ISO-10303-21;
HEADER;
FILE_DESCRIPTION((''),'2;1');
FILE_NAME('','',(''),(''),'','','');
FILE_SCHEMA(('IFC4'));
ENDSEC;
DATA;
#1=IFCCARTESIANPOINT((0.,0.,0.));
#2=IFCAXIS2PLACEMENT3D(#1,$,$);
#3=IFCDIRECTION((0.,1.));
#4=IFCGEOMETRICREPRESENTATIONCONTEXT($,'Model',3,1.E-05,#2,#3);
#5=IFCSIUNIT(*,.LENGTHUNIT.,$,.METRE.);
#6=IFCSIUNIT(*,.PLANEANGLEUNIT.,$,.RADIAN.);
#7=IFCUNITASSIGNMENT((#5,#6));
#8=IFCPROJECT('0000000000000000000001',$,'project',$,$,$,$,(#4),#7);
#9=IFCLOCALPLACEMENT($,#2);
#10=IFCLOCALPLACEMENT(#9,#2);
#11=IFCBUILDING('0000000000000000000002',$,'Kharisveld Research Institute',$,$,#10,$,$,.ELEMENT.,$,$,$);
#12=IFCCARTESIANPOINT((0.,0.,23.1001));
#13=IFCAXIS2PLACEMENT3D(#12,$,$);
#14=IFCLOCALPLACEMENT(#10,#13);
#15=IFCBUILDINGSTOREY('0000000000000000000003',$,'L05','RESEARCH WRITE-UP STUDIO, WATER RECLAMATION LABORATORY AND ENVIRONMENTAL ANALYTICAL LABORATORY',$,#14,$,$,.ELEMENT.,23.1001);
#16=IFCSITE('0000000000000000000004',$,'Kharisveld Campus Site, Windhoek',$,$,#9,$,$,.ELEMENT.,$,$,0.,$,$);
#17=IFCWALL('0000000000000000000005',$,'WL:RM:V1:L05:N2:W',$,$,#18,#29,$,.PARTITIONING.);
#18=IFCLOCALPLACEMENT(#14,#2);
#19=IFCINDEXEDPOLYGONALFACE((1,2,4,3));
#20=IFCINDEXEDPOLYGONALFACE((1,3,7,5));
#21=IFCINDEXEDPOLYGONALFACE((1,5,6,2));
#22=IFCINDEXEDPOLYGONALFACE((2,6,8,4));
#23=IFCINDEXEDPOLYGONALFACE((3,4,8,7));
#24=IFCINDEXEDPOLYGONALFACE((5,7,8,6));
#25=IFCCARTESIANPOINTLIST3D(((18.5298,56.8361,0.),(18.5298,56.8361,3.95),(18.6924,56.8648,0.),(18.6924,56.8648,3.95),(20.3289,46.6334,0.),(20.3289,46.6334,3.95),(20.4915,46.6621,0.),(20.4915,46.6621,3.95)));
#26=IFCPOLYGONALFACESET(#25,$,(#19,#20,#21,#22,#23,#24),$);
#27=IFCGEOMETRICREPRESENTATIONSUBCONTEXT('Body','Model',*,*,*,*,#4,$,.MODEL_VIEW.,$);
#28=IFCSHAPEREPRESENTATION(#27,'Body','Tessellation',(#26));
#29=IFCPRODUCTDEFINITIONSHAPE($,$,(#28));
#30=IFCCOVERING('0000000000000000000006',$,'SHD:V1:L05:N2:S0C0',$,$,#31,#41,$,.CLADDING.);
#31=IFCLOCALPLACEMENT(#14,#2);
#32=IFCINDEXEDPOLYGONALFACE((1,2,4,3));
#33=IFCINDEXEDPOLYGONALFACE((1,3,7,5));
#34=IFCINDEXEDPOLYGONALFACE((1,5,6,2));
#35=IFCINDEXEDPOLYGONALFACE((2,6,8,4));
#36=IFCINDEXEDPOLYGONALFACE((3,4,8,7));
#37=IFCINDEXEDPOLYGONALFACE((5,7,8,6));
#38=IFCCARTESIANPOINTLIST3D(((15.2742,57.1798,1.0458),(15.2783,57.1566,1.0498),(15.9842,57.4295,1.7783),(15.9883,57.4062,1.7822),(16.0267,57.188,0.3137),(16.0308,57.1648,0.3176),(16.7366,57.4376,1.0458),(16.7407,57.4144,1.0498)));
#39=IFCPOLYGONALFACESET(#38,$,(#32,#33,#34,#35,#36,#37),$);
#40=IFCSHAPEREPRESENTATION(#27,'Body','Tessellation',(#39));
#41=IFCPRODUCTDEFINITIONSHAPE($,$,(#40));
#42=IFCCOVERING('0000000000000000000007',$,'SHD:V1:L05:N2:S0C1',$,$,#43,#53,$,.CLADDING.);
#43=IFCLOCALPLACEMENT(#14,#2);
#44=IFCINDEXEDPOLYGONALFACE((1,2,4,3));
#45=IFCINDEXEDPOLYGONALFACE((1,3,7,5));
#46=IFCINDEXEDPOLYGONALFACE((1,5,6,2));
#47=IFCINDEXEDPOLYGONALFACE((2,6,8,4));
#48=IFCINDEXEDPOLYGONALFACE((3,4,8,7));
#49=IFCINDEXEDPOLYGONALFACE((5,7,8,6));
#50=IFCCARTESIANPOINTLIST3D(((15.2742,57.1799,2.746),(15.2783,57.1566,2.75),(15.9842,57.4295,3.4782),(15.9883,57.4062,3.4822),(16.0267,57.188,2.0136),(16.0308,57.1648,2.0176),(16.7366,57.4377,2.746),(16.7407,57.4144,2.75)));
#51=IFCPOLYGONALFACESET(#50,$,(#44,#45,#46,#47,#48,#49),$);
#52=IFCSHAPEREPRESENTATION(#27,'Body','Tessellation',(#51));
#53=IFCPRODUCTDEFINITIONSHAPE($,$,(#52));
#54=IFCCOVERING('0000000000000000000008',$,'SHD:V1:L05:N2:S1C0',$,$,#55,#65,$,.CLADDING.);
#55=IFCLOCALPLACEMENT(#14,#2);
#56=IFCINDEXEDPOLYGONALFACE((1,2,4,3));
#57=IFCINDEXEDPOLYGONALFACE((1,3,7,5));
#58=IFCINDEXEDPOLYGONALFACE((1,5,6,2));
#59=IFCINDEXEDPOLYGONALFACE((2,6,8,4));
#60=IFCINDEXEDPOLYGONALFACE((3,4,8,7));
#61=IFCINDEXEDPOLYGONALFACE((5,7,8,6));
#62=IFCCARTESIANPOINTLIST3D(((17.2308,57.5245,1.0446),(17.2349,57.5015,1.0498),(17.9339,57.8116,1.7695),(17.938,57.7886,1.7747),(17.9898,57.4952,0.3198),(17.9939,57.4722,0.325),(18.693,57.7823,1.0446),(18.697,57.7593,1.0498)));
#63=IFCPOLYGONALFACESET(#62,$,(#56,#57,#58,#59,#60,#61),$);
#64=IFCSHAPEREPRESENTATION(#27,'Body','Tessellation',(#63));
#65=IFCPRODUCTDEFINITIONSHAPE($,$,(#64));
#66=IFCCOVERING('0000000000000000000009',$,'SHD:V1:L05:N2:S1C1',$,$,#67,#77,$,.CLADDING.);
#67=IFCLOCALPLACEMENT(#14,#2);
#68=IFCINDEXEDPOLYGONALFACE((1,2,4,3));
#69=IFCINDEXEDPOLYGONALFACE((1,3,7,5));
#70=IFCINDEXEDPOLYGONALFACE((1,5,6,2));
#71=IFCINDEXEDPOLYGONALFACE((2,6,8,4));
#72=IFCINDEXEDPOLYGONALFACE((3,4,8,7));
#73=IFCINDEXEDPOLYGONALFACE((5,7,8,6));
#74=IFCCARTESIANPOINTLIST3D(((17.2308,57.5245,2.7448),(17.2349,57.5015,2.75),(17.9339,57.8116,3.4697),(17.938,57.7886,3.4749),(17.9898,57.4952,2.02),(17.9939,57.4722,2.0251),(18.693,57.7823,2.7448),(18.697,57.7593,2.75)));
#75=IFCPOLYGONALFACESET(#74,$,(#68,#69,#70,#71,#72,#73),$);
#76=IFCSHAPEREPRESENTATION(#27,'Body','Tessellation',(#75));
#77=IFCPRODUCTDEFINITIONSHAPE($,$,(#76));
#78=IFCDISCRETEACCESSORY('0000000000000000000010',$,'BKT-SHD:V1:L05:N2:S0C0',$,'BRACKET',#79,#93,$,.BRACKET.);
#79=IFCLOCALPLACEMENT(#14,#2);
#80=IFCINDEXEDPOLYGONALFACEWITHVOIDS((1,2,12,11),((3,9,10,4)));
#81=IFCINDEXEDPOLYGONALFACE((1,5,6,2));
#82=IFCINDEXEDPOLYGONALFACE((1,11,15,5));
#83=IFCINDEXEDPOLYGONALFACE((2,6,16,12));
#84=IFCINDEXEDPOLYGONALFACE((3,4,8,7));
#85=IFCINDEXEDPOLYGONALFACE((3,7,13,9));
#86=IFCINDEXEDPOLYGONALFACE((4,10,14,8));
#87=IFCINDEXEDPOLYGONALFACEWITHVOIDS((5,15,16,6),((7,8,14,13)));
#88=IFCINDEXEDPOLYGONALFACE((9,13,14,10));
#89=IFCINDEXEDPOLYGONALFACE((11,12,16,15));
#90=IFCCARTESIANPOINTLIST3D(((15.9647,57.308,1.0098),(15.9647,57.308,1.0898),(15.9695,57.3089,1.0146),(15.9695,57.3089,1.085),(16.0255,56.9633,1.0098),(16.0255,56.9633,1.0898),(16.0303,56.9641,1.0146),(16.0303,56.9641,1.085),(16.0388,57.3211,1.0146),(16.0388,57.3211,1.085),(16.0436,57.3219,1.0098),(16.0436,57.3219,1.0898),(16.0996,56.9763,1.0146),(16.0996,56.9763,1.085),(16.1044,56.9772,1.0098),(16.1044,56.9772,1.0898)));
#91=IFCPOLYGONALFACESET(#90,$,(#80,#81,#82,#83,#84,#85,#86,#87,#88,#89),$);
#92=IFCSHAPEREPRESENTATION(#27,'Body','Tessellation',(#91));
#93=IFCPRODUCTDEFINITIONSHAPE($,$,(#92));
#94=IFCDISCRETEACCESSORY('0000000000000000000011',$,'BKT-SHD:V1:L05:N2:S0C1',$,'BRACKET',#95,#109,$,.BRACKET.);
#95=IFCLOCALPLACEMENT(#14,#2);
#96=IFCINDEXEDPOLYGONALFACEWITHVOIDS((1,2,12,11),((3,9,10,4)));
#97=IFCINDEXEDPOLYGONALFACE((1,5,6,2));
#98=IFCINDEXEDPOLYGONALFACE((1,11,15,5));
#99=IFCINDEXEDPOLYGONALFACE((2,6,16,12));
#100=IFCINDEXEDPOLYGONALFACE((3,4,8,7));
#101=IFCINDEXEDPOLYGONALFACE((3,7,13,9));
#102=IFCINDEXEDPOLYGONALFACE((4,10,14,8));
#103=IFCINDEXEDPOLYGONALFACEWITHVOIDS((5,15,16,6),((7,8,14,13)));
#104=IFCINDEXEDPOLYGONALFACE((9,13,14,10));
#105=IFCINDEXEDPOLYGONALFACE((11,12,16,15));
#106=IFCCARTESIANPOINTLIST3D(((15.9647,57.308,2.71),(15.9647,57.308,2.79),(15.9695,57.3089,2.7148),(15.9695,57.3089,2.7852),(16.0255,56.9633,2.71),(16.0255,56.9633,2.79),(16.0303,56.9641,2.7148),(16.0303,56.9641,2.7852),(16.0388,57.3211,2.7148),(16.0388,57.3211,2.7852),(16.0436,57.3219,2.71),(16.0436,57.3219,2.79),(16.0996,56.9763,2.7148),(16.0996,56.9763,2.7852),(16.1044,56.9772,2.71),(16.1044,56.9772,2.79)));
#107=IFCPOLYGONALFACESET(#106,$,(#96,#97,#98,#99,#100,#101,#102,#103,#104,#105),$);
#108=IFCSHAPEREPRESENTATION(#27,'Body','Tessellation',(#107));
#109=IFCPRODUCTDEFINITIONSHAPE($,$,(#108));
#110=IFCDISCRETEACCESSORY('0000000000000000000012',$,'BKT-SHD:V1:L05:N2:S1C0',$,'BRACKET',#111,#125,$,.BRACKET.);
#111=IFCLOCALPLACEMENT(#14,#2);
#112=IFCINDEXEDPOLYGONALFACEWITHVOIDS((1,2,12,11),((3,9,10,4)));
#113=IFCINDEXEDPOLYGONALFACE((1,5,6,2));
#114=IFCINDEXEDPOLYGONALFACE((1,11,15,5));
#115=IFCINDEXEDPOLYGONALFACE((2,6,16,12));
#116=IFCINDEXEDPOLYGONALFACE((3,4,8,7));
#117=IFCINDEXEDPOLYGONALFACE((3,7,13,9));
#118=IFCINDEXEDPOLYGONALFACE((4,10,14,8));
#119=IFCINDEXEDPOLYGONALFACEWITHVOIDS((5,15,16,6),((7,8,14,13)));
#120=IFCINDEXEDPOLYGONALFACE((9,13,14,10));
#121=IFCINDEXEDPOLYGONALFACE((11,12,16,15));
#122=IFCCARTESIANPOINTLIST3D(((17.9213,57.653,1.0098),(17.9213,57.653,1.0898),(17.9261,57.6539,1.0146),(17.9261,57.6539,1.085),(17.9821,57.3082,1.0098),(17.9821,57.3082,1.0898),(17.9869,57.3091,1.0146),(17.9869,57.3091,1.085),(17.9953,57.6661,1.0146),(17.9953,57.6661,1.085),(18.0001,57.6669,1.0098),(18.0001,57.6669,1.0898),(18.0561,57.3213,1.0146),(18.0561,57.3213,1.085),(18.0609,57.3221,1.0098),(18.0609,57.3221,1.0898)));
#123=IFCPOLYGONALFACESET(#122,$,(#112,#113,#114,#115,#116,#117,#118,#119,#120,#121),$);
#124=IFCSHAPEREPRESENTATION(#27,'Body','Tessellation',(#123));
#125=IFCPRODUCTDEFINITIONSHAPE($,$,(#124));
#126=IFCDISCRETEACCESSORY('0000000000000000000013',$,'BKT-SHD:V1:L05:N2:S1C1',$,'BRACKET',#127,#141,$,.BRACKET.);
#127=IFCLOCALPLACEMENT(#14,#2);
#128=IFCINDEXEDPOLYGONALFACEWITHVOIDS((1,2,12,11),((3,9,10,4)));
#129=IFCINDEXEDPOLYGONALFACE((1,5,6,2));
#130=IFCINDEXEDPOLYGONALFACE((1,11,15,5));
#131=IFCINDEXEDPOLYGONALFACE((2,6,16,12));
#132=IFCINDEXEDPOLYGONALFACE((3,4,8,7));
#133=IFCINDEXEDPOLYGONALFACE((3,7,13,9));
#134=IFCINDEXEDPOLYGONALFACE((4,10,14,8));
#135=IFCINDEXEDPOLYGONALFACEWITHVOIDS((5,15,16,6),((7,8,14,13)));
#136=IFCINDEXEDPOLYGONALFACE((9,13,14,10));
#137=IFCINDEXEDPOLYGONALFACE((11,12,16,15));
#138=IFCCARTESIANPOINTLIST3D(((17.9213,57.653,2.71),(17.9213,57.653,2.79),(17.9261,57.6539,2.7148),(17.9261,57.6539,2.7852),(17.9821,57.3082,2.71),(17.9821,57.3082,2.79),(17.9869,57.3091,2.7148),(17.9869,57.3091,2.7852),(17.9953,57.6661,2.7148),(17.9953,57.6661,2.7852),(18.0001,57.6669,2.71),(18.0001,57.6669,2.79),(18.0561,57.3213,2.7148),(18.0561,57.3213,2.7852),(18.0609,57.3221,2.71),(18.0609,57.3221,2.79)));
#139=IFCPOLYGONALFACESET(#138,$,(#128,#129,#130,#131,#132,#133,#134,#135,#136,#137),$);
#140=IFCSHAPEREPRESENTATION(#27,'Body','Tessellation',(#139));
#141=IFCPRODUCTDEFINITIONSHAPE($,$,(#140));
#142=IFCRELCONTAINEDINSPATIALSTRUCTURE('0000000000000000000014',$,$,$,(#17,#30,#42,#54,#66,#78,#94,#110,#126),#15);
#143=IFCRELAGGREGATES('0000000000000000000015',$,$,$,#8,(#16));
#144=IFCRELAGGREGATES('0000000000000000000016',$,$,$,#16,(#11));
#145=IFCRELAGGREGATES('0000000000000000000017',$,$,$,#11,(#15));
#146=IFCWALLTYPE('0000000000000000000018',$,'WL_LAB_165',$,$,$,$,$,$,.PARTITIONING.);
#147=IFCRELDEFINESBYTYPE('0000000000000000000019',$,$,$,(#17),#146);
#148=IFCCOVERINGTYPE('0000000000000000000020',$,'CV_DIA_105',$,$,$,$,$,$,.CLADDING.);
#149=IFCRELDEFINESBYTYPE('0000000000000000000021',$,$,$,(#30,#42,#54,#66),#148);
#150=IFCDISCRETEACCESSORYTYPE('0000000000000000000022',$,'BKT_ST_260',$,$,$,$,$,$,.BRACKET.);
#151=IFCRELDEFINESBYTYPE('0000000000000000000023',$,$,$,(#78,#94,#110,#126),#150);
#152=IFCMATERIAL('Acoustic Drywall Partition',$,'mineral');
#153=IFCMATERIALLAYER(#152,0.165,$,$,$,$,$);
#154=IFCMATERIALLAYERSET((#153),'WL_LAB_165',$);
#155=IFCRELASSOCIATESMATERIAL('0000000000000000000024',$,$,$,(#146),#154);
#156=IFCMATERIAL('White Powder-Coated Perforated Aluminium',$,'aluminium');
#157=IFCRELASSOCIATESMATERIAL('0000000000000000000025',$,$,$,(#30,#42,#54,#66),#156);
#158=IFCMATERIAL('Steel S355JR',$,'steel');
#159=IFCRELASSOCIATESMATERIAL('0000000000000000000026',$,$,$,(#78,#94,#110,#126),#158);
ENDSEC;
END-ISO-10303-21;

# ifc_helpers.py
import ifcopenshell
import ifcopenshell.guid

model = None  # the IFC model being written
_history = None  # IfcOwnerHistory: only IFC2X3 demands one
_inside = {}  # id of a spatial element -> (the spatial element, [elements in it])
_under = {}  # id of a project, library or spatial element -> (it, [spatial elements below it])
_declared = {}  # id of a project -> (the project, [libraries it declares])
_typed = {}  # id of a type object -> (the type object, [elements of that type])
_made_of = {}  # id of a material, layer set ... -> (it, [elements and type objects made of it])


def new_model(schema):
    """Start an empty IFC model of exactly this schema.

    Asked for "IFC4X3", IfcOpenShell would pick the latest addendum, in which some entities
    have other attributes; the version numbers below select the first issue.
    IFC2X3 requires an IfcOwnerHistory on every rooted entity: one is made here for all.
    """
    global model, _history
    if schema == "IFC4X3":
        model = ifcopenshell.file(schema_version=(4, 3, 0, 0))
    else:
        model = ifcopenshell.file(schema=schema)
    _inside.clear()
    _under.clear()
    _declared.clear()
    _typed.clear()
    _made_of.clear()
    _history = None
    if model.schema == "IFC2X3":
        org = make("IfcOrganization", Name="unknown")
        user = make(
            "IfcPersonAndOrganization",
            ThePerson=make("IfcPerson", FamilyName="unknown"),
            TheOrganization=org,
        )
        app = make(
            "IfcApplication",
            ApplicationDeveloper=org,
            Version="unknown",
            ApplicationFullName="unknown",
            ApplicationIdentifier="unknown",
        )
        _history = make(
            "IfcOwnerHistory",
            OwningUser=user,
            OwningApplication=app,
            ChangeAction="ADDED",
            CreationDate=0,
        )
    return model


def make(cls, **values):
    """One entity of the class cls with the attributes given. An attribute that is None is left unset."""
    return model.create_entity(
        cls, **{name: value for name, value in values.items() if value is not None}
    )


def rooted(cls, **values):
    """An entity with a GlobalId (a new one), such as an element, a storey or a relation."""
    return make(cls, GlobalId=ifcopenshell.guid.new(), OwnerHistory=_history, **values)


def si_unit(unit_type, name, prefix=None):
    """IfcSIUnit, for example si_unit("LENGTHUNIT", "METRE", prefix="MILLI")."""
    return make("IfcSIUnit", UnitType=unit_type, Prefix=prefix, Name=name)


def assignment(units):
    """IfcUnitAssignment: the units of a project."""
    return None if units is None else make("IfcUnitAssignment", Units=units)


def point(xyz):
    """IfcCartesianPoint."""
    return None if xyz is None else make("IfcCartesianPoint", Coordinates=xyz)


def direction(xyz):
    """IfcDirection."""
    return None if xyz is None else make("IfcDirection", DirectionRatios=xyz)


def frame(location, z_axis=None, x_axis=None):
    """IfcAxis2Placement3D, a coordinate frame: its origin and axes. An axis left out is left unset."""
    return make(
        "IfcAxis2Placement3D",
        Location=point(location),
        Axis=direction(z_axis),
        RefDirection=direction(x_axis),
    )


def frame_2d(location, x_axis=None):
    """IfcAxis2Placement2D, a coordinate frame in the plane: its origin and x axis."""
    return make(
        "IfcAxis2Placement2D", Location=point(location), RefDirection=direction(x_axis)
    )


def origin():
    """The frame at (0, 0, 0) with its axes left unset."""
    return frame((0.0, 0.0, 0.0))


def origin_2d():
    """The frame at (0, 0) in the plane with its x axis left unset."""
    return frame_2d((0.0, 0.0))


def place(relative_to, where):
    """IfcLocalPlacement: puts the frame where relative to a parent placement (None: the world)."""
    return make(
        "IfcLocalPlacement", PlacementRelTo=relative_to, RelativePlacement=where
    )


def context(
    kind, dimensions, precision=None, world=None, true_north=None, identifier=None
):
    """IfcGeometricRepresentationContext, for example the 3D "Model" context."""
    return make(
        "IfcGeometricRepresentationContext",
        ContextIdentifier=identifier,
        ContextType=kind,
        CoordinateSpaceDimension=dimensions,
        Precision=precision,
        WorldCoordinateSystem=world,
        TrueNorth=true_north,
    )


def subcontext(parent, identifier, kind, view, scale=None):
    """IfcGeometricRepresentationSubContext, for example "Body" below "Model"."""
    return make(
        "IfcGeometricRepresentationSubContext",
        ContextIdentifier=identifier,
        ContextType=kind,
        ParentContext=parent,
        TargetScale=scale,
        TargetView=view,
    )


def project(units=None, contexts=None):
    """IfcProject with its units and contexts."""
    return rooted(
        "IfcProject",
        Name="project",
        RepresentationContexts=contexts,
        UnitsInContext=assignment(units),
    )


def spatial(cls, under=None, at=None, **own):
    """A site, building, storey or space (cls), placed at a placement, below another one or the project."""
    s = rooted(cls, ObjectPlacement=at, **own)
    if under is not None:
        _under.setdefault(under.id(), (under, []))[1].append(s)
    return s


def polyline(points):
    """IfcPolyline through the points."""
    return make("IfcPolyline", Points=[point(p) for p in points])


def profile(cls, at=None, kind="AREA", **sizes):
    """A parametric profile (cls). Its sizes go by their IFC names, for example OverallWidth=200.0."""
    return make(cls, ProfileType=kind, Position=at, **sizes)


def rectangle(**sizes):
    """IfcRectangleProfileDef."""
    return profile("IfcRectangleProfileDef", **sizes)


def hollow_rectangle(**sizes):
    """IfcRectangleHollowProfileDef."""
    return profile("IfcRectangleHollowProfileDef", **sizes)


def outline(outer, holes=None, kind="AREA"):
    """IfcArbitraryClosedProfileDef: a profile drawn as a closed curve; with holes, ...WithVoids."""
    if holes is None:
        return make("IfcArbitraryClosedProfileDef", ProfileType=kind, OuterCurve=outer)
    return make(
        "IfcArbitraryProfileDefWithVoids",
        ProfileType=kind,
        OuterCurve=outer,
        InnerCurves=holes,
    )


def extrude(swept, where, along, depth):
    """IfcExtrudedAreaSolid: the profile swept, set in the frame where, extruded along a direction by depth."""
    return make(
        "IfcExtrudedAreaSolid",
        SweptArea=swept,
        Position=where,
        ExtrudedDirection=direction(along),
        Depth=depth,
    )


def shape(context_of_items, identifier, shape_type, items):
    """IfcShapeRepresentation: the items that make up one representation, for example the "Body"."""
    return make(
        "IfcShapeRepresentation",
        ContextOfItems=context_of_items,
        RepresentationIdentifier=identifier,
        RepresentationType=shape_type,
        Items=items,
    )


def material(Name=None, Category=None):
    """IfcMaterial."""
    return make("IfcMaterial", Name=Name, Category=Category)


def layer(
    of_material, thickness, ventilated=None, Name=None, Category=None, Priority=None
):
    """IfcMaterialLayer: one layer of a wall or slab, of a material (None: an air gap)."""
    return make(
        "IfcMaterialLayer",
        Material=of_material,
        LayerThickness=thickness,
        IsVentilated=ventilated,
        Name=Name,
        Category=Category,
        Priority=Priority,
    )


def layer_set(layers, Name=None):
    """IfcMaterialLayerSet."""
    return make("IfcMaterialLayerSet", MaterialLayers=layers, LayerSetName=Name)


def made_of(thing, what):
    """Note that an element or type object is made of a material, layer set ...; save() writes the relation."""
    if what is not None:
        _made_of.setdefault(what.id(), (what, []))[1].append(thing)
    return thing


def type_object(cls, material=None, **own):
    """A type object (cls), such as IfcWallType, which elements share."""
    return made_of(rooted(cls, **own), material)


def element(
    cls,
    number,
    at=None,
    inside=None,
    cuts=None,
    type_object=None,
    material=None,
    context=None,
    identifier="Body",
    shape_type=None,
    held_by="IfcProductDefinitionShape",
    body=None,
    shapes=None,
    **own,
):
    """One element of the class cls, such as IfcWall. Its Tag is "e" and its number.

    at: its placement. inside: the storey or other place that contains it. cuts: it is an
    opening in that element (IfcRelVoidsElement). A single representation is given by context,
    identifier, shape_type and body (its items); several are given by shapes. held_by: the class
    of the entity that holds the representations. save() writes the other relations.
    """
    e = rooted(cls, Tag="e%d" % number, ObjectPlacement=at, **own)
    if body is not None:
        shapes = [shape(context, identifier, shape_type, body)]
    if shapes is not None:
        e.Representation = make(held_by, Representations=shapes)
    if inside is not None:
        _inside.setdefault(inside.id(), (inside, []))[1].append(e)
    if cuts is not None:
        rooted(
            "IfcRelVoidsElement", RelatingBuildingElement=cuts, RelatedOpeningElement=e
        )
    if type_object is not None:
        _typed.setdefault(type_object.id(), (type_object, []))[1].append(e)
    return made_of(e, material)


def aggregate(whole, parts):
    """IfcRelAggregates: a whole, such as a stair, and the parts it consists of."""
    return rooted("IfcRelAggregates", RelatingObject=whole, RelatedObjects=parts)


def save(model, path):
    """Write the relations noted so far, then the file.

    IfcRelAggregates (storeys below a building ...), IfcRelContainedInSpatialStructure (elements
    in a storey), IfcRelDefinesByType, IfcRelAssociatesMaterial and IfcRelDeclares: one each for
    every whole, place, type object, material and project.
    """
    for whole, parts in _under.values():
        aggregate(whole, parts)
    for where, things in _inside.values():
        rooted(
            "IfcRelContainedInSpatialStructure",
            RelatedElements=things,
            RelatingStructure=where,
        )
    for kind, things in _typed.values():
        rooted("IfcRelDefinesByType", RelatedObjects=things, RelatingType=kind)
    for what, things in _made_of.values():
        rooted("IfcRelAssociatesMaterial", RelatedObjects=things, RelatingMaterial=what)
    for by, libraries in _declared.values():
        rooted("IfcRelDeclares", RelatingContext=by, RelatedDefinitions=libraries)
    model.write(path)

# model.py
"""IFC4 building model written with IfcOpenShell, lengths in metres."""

from ifc_helpers import new_model, si_unit, direction, frame, frame_2d, origin, origin_2d, place, context, subcontext, project, spatial, polyline, rectangle, hollow_rectangle, outline, extrude, material, layer, layer_set, type_object, element, save


model = new_model("IFC4")

# Units and contexts
model_context = context("Model", 3, precision=1e-05, world=origin(), true_north=direction((0.0, 1.0)))
body_context = subcontext(model_context, "Body", "Model", "MODEL_VIEW")
ifc_project = project(units=[si_unit("LENGTHUNIT", "METRE"), si_unit("PLANEANGLEUNIT", "RADIAN")], contexts=[model_context])

# Site, building, storey
site_placement = place(None, origin())
site = spatial("IfcSite", under=ifc_project, at=site_placement, Name="Kharisveld Campus Site, Windhoek", CompositionType="ELEMENT", RefElevation=0.0)
building_placement = place(site_placement, origin())
building = spatial("IfcBuilding", under=site, at=building_placement, Name="Kharisveld Research Institute", CompositionType="ELEMENT")
storey_placement = place(building_placement, frame((0.0, 0.0, 23.1001)))
storey = spatial("IfcBuildingStorey", under=building, at=storey_placement, Name="L05", Description="RESEARCH WRITE-UP STUDIO, WATER RECLAMATION LABORATORY AND ENVIRONMENTAL ANALYTICAL LABORATORY", CompositionType="ELEMENT", Elevation=23.1001)

# Wall
ifc_material_1 = material(Name="Acoustic Drywall Partition", Category="mineral")
ifc_layer_1 = layer(ifc_material_1, 0.165)
ifc_layer_set_1 = layer_set([ifc_layer_1], Name="WL_LAB_165")
wall_type_1 = type_object("IfcWallType", Name="WL_LAB_165", PredefinedType="PARTITIONING", material=ifc_layer_set_1)
wall_1_placement = place(storey_placement, frame((18.6111, 56.8506, 0.0), z_axis=(0.0, 0.0, 1.0), x_axis=(0.173655, -0.984807, 0.0)))
element("IfcWall", 1, at=wall_1_placement, inside=storey, type_object=wall_type_1, Name="WL:RM:V1:L05:N2:W", PredefinedType="PARTITIONING", context=body_context, shape_type="SweptSolid", body=[
    extrude(rectangle(XDim=10.3601, YDim=0.165, at=frame_2d((5.1802, 0.0))), origin(), (0.0, 0.0, 1.0), 3.95),
])

# Coverings
ifc_material_2 = material(Name="White Powder-Coated Perforated Aluminium", Category="aluminium")
covering_type = type_object("IfcCoveringType", Name="CV_DIA_105", PredefinedType="CLADDING")
covering_1_placement = place(storey_placement, frame((16.0308, 57.1648, 0.3176), z_axis=(0.171234, -0.971299, 0.165096), x_axis=(0.676173, 0.237734, 0.697333)))
element("IfcCovering", 2, at=covering_1_placement, inside=storey, type_object=covering_type, material=ifc_material_2, Name="SHD:V1:L05:N2:S0C0", PredefinedType="CLADDING", context=body_context, shape_type="SweptSolid", body=[
    extrude(outline(polyline([(0.0, 0.0), (1.0499, 0.0), (1.05, 1.0501), (-0.0002, 1.0499), (0.0, 0.0)])), origin(), (0.0, 0.0, -1.0), 0.0239),
])
covering_2_placement = place(storey_placement, frame((16.0308, 57.1648, 2.0176), z_axis=(0.171234, -0.971299, 0.165096), x_axis=(0.676056, 0.237732, 0.697446)))
element("IfcCovering", 3, at=covering_2_placement, inside=storey, type_object=covering_type, material=ifc_material_2, Name="SHD:V1:L05:N2:S0C1", PredefinedType="CLADDING", context=body_context, shape_type="SweptSolid", body=[
    extrude(outline(polyline([(0.0, 0.0), (1.0501, 0.0), (1.0502, 1.0499), (0.0002, 1.0501), (0.0, 0.0)])), origin(), (0.0, 0.0, -1.0), 0.0239),
])
for number, where, z_axis, x_axis, name in (
    (4, (17.9939, 57.4722, 0.325), (0.169531, -0.961476, 0.216385), (0.669725, 0.273471, 0.690421), "SHD:V1:L05:N2:S1C0"),
    (5, (17.9939, 57.4722, 2.0251), (0.169531, -0.961476, 0.216385), (0.669725, 0.273471, 0.690421), "SHD:V1:L05:N2:S1C1"),
):
    element("IfcCovering", number, at=place(storey_placement, frame(where, z_axis=z_axis, x_axis=x_axis)), inside=storey, type_object=covering_type, material=ifc_material_2, Name=name, PredefinedType="CLADDING", context=body_context, shape_type="SweptSolid", body=[
        extrude(outline(polyline([(0.0, 0.0), (1.0499, 0.0), (1.05, 1.05), (0.0001, 1.05), (0.0, 0.0)])), origin(), (0.0, 0.0, -1.0), 0.0239),
    ])

# Discrete accessories
ifc_material_3 = material(Name="Steel S355JR", Category="steel")
discrete_accessory_type = type_object("IfcDiscreteAccessoryType", Name="BKT_ST_260", PredefinedType="BRACKET")
for number, where, z_axis, x_axis, name in (
    (6, (16.0649, 56.9702, 1.0498), (-0.173666, 0.984805, 0.0), (-0.984805, -0.173666, 0.0), "BKT-SHD:V1:L05:N2:S0C0"),
    (7, (16.0649, 56.9702, 2.75), (-0.173666, 0.984805, 0.0), (-0.984805, -0.173666, 0.0), "BKT-SHD:V1:L05:N2:S0C1"),
    (8, (18.0215, 57.3152, 1.0498), (-0.173666, 0.984805, 0.0), (-0.984805, -0.173666, 0.0), "BKT-SHD:V1:L05:N2:S1C0"),
    (9, (18.0215, 57.3152, 2.75), (-0.173666, 0.984805, 0.0), (-0.984805, -0.173666, 0.0), "BKT-SHD:V1:L05:N2:S1C1"),
):
    element("IfcDiscreteAccessory", number, at=place(storey_placement, frame(where, z_axis=z_axis, x_axis=x_axis)), inside=storey, type_object=discrete_accessory_type, material=ifc_material_3, Name=name, ObjectType="BRACKET", PredefinedType="BRACKET", context=body_context, shape_type="SweptSolid", body=[
        extrude(hollow_rectangle(XDim=0.0801, YDim=0.0801, WallThickness=0.0049, at=origin_2d()), origin(), (0.0, 0.0, 1.0), 0.3501),
    ])

save(model, "model.ifc")
